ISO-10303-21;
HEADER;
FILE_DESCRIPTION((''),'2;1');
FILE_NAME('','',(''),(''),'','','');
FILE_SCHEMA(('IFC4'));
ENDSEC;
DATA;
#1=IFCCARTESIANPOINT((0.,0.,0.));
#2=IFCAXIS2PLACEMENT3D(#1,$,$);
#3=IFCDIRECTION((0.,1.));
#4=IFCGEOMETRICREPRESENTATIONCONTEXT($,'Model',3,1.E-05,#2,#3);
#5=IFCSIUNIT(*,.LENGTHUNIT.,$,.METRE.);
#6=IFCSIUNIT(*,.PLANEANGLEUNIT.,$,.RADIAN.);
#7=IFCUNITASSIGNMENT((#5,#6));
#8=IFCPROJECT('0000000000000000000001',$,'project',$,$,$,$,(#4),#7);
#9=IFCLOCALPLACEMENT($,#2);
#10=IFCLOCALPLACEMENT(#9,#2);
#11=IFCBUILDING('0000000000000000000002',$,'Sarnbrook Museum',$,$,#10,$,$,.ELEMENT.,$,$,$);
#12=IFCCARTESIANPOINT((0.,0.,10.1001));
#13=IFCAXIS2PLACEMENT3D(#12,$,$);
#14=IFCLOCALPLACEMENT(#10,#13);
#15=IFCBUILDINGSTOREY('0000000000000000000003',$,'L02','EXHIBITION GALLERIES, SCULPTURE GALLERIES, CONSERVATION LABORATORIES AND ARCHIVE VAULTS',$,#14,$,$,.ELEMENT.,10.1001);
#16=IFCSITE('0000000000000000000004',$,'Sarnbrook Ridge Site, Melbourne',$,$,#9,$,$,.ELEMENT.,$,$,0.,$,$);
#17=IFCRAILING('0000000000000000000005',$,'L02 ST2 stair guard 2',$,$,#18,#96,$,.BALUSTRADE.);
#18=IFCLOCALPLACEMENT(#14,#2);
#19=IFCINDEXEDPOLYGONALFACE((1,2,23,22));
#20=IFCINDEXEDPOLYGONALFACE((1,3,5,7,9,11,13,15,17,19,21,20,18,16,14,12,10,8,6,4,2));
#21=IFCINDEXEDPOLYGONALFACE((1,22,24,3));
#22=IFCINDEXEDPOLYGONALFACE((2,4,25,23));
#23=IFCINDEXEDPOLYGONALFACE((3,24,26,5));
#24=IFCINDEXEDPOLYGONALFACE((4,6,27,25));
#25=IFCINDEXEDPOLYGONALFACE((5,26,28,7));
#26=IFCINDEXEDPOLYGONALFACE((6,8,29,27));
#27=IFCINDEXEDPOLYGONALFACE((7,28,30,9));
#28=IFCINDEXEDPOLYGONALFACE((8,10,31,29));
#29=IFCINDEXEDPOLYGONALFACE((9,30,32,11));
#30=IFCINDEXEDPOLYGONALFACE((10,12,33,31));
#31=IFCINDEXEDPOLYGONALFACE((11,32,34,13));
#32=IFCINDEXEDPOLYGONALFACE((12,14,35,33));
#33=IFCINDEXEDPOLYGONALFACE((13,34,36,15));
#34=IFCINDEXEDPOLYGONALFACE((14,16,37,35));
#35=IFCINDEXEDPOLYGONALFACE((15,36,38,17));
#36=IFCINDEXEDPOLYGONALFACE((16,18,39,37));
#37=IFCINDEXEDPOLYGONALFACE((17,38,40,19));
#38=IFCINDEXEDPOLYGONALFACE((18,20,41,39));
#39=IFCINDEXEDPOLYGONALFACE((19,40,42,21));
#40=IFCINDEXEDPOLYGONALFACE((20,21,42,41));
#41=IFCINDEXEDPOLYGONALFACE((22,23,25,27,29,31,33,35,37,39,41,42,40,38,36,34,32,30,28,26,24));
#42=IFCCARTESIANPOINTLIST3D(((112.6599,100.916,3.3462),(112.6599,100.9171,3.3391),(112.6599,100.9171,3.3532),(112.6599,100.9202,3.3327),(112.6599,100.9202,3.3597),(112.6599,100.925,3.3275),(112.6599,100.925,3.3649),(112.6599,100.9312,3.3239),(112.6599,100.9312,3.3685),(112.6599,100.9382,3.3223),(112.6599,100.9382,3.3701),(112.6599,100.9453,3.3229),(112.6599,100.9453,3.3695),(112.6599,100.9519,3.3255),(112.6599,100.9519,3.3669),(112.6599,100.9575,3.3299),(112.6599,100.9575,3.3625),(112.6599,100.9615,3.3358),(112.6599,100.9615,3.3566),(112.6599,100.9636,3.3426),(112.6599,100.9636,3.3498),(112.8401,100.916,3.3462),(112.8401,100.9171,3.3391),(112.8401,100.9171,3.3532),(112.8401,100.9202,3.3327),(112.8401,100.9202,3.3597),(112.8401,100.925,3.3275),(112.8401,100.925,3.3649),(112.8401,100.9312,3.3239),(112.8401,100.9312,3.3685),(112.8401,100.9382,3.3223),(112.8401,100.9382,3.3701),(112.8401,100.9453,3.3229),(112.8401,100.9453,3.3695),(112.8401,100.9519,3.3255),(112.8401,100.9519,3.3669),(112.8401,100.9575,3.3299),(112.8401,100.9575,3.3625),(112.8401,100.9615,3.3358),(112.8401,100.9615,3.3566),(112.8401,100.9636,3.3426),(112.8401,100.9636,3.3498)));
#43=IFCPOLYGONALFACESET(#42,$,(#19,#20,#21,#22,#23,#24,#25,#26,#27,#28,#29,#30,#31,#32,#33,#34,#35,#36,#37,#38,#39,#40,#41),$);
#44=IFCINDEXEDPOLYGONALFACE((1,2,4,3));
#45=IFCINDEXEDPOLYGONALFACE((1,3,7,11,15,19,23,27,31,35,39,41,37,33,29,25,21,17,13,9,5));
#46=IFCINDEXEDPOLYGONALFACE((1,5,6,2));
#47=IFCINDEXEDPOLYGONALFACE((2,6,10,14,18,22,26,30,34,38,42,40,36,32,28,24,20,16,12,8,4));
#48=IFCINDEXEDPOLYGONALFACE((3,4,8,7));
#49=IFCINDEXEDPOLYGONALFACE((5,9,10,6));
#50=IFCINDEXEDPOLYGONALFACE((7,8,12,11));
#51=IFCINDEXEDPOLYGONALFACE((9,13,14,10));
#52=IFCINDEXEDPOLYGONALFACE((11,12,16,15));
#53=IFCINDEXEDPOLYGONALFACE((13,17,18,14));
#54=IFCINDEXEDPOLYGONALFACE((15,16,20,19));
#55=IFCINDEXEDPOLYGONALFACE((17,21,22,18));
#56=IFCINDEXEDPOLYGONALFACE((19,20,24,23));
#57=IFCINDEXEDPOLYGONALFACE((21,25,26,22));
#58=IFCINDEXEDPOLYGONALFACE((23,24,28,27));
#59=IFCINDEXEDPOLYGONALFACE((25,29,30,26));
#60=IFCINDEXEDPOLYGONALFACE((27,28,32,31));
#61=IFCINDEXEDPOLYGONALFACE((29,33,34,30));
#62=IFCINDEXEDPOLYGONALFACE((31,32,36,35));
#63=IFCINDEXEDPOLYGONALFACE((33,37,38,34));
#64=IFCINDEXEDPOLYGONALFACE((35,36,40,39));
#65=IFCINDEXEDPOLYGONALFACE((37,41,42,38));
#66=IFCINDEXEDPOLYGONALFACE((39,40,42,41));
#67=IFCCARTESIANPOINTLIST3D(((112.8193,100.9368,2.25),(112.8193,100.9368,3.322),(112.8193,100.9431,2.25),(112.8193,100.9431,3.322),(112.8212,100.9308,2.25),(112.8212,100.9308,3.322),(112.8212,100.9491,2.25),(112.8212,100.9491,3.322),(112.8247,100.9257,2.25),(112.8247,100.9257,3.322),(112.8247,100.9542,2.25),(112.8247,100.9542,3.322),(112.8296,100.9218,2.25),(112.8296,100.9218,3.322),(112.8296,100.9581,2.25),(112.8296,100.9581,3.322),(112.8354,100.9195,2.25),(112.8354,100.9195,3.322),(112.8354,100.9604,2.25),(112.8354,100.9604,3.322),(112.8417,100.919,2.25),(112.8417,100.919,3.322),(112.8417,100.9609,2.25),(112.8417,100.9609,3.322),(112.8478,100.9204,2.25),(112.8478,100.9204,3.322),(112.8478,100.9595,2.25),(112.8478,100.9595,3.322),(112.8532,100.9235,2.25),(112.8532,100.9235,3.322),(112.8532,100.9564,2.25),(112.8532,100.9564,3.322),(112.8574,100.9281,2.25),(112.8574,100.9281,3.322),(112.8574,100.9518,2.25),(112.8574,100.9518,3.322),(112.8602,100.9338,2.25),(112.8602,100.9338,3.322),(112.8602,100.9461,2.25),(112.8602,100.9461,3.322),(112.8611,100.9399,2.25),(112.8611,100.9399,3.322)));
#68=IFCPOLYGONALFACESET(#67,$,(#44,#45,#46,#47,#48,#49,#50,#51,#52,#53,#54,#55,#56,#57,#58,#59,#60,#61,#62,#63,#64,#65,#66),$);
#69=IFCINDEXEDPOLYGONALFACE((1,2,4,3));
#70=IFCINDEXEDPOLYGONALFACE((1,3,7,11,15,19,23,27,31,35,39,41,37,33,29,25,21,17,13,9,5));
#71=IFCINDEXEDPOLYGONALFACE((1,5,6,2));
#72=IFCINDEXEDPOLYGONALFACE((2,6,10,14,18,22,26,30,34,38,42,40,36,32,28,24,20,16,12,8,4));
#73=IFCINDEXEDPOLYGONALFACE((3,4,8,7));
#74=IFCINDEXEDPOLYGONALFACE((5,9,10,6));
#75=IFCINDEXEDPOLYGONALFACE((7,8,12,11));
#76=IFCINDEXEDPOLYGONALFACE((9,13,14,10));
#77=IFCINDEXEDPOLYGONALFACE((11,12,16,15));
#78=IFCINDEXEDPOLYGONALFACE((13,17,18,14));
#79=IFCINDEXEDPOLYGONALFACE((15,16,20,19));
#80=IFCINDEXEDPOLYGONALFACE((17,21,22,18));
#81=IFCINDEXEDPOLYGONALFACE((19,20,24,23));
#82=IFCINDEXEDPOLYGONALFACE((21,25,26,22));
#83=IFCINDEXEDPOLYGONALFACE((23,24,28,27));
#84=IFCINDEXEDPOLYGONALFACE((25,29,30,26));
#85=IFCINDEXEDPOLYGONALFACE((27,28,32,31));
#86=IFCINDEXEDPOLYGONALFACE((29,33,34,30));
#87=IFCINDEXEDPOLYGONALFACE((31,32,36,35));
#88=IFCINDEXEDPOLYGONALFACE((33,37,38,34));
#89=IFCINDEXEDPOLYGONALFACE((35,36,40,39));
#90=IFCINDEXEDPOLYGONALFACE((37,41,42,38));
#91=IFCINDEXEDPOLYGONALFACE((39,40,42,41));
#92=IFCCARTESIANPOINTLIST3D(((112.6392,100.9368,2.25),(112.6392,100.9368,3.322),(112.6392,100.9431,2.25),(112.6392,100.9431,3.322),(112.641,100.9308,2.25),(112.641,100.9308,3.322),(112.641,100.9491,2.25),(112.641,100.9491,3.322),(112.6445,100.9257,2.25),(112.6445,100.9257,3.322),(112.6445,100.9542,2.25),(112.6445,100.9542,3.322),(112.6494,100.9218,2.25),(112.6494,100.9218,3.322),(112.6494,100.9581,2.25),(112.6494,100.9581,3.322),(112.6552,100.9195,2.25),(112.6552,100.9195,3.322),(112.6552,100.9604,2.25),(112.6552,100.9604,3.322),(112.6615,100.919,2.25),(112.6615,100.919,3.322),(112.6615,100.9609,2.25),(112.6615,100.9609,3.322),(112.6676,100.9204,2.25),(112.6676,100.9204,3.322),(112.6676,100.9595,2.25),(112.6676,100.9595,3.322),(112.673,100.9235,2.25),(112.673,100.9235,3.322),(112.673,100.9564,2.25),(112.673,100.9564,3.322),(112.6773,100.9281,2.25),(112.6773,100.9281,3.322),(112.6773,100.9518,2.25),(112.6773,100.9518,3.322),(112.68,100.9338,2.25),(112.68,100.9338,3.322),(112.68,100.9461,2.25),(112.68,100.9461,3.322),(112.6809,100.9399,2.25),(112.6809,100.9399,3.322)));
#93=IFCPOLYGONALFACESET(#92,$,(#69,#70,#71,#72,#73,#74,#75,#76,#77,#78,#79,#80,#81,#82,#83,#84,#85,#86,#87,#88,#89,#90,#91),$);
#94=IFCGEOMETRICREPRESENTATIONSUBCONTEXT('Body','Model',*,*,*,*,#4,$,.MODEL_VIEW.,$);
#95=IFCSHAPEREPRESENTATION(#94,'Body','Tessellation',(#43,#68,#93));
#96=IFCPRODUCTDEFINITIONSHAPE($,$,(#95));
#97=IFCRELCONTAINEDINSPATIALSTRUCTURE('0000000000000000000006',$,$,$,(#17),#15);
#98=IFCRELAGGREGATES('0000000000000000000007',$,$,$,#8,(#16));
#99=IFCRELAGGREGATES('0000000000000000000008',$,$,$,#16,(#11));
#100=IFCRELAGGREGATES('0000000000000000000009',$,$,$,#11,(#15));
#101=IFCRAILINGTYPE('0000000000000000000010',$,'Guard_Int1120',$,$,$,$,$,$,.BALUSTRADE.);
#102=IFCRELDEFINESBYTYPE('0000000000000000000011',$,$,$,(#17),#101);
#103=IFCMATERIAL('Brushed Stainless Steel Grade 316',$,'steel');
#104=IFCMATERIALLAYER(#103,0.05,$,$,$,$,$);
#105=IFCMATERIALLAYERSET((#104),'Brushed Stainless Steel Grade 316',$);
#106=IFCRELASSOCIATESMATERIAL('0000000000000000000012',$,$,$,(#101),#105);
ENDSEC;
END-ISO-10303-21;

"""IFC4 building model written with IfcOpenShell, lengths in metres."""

from ifc_helpers import new_model, si_unit, direction, frame, origin, origin_2d, place, context, subcontext, project, spatial, circle, extrude, material, layer, layer_set, type_object, element, save


model = new_model("IFC4")

# Units and contexts
model_context = context("Model", 3, precision=1e-05, world=origin(), true_north=direction((0.0, 1.0)))
body_context = subcontext(model_context, "Body", "Model", "MODEL_VIEW")
ifc_project = project(units=[si_unit("LENGTHUNIT", "METRE"), si_unit("PLANEANGLEUNIT", "RADIAN")], contexts=[model_context])

# Site, building, storey
site_placement = place(None, origin())
site = spatial("IfcSite", under=ifc_project, at=site_placement, Name="Sarnbrook Ridge Site, Melbourne", CompositionType="ELEMENT", RefElevation=0.0)
building_placement = place(site_placement, origin())
building = spatial("IfcBuilding", under=site, at=building_placement, Name="Sarnbrook Museum", CompositionType="ELEMENT")
storey_placement = place(building_placement, frame((0.0, 0.0, 10.1001)))
storey = spatial("IfcBuildingStorey", under=building, at=storey_placement, Name="L02", Description="EXHIBITION GALLERIES, SCULPTURE GALLERIES, CONSERVATION LABORATORIES AND ARCHIVE VAULTS", CompositionType="ELEMENT", Elevation=10.1001)

# Shared definitions
ifc_material_1 = material(Name="Brushed Stainless Steel Grade 316", Category="steel")

# Railing
ifc_layer_1 = layer(ifc_material_1, 0.05)
ifc_layer_set_1 = layer_set([ifc_layer_1], Name="Brushed Stainless Steel Grade 316")
railing_type_1 = type_object("IfcRailingType", Name="Guard_Int1120", PredefinedType="BALUSTRADE", material=ifc_layer_set_1)
railing_1_placement = place(storey_placement, frame((112.8401, 100.9399, 2.25)))
element("IfcRailing", 1, at=railing_1_placement, inside=storey, type_object=railing_type_1, Name="L02 ST2 stair guard 2", PredefinedType="BALUSTRADE", context=body_context, shape_type="SweptSolid", body=[
    extrude(circle(Radius=0.0239, at=origin_2d()), frame((0.0, 0.0, 1.0962), z_axis=(-1.0, 0.0, 0.0), x_axis=(0.0, -1.0, 0.0)), (0.0, 0.0, 1.0), 0.1802),
    extrude(circle(Radius=0.021, at=origin_2d()), origin(), (0.0, 0.0, 1.0), 1.072),
    extrude(circle(Radius=0.021, at=origin_2d()), frame((-0.1802, 0.0, 0.0)), (0.0, 0.0, 1.0), 1.072),
])

save(model, "model.ifc")
